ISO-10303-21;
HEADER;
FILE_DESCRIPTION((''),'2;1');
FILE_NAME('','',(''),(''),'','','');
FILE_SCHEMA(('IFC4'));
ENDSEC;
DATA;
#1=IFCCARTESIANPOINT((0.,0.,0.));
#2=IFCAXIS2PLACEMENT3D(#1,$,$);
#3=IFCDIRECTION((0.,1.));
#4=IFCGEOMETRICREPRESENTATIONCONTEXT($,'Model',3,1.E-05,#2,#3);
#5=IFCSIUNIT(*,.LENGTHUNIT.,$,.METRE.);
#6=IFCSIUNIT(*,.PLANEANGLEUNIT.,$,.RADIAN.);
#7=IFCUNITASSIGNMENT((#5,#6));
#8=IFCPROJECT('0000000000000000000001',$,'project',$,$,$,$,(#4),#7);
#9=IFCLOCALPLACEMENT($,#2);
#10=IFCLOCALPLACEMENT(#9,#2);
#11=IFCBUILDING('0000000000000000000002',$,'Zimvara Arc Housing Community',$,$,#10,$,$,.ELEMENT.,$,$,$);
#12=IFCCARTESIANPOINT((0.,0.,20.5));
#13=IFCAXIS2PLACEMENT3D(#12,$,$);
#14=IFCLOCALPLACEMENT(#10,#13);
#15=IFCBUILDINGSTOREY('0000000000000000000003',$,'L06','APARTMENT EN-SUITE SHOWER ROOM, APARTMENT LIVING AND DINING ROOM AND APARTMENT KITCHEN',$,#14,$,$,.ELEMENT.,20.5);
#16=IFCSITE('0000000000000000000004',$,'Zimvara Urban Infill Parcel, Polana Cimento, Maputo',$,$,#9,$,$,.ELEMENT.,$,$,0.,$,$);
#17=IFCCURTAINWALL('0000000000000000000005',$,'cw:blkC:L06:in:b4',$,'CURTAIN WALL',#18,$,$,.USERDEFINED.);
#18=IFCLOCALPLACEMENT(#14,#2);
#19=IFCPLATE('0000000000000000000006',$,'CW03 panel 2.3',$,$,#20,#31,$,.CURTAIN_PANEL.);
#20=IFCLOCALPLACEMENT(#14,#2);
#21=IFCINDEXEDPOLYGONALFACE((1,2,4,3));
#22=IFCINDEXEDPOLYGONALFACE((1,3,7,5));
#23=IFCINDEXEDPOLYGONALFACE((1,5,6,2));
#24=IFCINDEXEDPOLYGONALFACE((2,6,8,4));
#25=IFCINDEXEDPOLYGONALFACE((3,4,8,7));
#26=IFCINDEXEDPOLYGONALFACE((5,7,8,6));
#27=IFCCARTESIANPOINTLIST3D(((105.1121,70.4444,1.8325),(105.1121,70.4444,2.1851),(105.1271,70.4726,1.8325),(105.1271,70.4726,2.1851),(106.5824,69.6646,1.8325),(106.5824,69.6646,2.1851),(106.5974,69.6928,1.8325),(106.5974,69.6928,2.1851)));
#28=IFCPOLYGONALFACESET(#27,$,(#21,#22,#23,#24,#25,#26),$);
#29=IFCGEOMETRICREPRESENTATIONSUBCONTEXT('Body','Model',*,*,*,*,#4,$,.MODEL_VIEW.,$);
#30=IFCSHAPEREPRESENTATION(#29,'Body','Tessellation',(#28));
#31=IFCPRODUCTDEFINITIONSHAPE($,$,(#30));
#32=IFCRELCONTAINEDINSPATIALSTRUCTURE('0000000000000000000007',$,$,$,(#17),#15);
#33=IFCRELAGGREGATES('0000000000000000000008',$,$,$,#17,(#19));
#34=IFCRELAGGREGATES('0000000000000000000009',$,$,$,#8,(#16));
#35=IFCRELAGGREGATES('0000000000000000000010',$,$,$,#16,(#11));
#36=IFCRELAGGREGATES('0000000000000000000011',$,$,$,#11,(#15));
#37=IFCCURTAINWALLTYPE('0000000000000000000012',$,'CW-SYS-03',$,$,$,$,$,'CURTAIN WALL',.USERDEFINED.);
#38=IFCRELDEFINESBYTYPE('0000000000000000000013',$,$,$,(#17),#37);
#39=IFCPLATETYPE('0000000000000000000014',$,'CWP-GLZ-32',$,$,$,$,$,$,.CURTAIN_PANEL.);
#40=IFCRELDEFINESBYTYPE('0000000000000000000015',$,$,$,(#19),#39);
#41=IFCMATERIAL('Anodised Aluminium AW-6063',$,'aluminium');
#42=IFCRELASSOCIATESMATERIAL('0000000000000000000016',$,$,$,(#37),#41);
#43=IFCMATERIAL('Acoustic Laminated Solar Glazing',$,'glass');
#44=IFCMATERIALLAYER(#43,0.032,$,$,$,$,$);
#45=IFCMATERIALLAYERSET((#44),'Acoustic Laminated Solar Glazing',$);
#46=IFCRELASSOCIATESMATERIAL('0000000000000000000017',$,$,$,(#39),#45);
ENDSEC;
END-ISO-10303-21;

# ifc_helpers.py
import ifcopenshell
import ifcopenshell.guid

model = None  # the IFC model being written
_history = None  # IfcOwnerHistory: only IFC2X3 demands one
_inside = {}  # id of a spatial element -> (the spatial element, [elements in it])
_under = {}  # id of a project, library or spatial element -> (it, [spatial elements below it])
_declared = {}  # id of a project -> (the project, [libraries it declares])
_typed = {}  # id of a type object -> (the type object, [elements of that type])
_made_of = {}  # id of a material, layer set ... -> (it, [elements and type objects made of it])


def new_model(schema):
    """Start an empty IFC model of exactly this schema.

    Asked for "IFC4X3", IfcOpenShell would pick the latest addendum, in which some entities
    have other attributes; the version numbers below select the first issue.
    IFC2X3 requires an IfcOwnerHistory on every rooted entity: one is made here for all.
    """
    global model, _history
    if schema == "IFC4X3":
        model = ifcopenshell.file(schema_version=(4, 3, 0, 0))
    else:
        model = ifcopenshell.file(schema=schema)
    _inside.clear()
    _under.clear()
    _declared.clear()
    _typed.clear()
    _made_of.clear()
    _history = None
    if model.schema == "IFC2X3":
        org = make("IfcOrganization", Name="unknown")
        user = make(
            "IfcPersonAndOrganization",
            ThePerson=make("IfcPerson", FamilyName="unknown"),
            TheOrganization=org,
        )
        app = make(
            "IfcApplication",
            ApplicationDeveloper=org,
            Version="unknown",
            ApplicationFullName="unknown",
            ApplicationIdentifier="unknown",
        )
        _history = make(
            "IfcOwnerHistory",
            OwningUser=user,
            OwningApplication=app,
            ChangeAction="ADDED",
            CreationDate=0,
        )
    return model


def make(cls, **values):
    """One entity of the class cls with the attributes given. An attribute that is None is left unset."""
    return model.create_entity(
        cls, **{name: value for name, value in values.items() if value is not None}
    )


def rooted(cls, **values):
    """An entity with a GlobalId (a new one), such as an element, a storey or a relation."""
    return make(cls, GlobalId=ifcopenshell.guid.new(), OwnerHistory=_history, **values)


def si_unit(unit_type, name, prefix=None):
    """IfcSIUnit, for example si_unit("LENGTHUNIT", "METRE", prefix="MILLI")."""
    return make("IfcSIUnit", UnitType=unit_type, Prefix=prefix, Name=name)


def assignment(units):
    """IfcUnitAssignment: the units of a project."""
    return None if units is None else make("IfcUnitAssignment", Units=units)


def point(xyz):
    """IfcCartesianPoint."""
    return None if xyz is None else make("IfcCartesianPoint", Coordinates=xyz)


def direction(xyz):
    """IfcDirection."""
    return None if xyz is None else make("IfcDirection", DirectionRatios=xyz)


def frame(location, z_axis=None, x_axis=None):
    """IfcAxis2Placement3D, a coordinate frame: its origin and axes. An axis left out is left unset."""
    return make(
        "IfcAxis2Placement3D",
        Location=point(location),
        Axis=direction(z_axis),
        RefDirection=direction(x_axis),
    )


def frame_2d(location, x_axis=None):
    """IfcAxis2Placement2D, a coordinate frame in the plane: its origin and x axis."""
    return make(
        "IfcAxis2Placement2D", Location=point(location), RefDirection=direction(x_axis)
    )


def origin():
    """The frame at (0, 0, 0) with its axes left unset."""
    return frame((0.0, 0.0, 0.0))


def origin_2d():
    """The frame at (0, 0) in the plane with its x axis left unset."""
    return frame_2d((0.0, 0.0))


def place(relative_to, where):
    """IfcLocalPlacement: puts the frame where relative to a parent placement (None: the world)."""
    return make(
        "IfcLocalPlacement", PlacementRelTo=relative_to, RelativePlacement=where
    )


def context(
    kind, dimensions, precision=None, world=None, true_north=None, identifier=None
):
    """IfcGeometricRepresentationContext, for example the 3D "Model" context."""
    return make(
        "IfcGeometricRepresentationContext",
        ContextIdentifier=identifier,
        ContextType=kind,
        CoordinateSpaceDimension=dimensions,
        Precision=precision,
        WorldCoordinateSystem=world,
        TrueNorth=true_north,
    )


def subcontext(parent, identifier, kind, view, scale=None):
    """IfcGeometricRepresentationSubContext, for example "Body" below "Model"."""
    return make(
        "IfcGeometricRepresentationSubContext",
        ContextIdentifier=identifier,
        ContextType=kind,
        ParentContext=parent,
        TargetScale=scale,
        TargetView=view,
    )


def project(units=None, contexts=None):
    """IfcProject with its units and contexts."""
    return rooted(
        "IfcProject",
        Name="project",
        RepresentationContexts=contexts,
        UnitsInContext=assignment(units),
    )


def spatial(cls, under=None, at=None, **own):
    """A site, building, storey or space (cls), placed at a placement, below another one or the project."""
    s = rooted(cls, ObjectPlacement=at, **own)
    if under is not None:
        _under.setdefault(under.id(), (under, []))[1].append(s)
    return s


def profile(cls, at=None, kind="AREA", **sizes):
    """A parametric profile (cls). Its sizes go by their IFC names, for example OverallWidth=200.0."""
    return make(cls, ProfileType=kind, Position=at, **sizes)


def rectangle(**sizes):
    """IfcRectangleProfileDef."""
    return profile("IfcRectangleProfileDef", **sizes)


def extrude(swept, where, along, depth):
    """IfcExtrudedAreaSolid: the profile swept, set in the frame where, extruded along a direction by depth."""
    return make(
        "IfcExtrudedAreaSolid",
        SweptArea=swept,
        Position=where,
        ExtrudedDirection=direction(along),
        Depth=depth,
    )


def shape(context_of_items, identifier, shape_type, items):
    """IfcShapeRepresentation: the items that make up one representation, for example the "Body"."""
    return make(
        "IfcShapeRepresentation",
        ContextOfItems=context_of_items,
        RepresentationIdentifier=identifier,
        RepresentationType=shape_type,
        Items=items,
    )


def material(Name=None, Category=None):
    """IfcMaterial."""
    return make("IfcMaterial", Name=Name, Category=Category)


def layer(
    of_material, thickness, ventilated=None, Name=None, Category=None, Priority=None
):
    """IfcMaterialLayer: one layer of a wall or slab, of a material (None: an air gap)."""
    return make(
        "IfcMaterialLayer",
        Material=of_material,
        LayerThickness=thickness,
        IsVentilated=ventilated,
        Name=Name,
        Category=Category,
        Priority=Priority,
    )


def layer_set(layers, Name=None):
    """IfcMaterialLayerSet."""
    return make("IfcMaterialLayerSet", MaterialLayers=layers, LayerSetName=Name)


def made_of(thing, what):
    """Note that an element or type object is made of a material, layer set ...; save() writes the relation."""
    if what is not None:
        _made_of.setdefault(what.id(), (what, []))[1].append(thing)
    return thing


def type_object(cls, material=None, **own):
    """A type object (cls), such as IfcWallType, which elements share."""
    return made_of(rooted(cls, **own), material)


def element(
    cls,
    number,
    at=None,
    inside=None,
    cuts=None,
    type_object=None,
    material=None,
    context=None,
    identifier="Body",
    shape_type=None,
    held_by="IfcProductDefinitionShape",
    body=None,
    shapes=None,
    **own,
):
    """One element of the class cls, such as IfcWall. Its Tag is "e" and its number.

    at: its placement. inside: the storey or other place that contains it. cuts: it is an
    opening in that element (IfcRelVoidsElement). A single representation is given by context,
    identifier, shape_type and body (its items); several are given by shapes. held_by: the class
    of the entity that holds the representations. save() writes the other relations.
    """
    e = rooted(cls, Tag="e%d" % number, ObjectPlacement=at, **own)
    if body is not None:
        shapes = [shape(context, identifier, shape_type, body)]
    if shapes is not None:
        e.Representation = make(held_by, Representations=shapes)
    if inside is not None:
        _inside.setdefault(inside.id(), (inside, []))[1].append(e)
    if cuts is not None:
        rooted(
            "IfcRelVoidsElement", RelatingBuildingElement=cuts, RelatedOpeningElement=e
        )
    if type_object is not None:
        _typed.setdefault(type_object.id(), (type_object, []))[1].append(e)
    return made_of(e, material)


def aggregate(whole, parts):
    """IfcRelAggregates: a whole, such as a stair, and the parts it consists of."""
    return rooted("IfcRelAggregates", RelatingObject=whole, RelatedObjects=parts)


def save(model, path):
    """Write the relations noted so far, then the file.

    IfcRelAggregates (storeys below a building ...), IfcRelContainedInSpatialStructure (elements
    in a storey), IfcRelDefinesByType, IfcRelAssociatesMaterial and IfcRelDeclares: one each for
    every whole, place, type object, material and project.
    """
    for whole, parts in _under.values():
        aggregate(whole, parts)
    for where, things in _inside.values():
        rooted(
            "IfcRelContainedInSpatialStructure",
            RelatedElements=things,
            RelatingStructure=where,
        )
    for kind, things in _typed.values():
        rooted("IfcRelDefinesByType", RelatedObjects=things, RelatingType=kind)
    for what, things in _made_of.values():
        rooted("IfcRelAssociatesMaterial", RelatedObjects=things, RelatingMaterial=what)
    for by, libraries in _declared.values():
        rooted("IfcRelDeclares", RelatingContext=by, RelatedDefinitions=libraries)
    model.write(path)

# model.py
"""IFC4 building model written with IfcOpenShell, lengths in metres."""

from ifc_helpers import new_model, si_unit, direction, frame, origin, origin_2d, place, context, subcontext, project, spatial, rectangle, extrude, material, layer, layer_set, type_object, element, aggregate, save


model = new_model("IFC4")

# Units and contexts
model_context = context("Model", 3, precision=1e-05, world=origin(), true_north=direction((0.0, 1.0)))
body_context = subcontext(model_context, "Body", "Model", "MODEL_VIEW")
ifc_project = project(units=[si_unit("LENGTHUNIT", "METRE"), si_unit("PLANEANGLEUNIT", "RADIAN")], contexts=[model_context])

# Site, building, storey
site_placement = place(None, origin())
site = spatial("IfcSite", under=ifc_project, at=site_placement, Name="Zimvara Urban Infill Parcel, Polana Cimento, Maputo", CompositionType="ELEMENT", RefElevation=0.0)
building_placement = place(site_placement, origin())
building = spatial("IfcBuilding", under=site, at=building_placement, Name="Zimvara Arc Housing Community", CompositionType="ELEMENT")
storey_placement = place(building_placement, frame((0.0, 0.0, 20.5)))
storey = spatial("IfcBuildingStorey", under=building, at=storey_placement, Name="L06", Description="APARTMENT EN-SUITE SHOWER ROOM, APARTMENT LIVING AND DINING ROOM AND APARTMENT KITCHEN", CompositionType="ELEMENT", Elevation=20.5)

# Curtain wall
ifc_material_1 = material(Name="Anodised Aluminium AW-6063", Category="aluminium")
curtain_wall_type_1 = type_object("IfcCurtainWallType", Name="CW-SYS-03", ElementType="CURTAIN WALL", PredefinedType="USERDEFINED", material=ifc_material_1)
curtain_wall_1_placement = place(storey_placement, origin())
curtain_wall_1 = element("IfcCurtainWall", 1, at=curtain_wall_1_placement, inside=storey, type_object=curtain_wall_type_1, Name="cw:blkC:L06:in:b4", ObjectType="CURTAIN WALL", PredefinedType="USERDEFINED")

# Plate
ifc_material_2 = material(Name="Acoustic Laminated Solar Glazing", Category="glass")
ifc_layer_1 = layer(ifc_material_2, 0.032)
ifc_layer_set_1 = layer_set([ifc_layer_1], Name="Acoustic Laminated Solar Glazing")
plate_type_1 = type_object("IfcPlateType", Name="CWP-GLZ-32", PredefinedType="CURTAIN_PANEL", material=ifc_layer_set_1)
plate_1_placement = place(storey_placement, frame((105.8547, 70.0686, 1.8325), z_axis=(0.0, 0.0, 1.0), x_axis=(0.88344, -0.468545, 0.0)))
plate_1 = element("IfcPlate", 2, at=plate_1_placement, type_object=plate_type_1, Name="CW03 panel 2.3", PredefinedType="CURTAIN_PANEL", context=body_context, shape_type="SweptSolid", body=[
    extrude(rectangle(XDim=1.6643, YDim=0.032, at=origin_2d()), origin(), (0.0, 0.0, 1.0), 0.3525),
])
aggregate(curtain_wall_1, [plate_1])

save(model, "model.ifc")
